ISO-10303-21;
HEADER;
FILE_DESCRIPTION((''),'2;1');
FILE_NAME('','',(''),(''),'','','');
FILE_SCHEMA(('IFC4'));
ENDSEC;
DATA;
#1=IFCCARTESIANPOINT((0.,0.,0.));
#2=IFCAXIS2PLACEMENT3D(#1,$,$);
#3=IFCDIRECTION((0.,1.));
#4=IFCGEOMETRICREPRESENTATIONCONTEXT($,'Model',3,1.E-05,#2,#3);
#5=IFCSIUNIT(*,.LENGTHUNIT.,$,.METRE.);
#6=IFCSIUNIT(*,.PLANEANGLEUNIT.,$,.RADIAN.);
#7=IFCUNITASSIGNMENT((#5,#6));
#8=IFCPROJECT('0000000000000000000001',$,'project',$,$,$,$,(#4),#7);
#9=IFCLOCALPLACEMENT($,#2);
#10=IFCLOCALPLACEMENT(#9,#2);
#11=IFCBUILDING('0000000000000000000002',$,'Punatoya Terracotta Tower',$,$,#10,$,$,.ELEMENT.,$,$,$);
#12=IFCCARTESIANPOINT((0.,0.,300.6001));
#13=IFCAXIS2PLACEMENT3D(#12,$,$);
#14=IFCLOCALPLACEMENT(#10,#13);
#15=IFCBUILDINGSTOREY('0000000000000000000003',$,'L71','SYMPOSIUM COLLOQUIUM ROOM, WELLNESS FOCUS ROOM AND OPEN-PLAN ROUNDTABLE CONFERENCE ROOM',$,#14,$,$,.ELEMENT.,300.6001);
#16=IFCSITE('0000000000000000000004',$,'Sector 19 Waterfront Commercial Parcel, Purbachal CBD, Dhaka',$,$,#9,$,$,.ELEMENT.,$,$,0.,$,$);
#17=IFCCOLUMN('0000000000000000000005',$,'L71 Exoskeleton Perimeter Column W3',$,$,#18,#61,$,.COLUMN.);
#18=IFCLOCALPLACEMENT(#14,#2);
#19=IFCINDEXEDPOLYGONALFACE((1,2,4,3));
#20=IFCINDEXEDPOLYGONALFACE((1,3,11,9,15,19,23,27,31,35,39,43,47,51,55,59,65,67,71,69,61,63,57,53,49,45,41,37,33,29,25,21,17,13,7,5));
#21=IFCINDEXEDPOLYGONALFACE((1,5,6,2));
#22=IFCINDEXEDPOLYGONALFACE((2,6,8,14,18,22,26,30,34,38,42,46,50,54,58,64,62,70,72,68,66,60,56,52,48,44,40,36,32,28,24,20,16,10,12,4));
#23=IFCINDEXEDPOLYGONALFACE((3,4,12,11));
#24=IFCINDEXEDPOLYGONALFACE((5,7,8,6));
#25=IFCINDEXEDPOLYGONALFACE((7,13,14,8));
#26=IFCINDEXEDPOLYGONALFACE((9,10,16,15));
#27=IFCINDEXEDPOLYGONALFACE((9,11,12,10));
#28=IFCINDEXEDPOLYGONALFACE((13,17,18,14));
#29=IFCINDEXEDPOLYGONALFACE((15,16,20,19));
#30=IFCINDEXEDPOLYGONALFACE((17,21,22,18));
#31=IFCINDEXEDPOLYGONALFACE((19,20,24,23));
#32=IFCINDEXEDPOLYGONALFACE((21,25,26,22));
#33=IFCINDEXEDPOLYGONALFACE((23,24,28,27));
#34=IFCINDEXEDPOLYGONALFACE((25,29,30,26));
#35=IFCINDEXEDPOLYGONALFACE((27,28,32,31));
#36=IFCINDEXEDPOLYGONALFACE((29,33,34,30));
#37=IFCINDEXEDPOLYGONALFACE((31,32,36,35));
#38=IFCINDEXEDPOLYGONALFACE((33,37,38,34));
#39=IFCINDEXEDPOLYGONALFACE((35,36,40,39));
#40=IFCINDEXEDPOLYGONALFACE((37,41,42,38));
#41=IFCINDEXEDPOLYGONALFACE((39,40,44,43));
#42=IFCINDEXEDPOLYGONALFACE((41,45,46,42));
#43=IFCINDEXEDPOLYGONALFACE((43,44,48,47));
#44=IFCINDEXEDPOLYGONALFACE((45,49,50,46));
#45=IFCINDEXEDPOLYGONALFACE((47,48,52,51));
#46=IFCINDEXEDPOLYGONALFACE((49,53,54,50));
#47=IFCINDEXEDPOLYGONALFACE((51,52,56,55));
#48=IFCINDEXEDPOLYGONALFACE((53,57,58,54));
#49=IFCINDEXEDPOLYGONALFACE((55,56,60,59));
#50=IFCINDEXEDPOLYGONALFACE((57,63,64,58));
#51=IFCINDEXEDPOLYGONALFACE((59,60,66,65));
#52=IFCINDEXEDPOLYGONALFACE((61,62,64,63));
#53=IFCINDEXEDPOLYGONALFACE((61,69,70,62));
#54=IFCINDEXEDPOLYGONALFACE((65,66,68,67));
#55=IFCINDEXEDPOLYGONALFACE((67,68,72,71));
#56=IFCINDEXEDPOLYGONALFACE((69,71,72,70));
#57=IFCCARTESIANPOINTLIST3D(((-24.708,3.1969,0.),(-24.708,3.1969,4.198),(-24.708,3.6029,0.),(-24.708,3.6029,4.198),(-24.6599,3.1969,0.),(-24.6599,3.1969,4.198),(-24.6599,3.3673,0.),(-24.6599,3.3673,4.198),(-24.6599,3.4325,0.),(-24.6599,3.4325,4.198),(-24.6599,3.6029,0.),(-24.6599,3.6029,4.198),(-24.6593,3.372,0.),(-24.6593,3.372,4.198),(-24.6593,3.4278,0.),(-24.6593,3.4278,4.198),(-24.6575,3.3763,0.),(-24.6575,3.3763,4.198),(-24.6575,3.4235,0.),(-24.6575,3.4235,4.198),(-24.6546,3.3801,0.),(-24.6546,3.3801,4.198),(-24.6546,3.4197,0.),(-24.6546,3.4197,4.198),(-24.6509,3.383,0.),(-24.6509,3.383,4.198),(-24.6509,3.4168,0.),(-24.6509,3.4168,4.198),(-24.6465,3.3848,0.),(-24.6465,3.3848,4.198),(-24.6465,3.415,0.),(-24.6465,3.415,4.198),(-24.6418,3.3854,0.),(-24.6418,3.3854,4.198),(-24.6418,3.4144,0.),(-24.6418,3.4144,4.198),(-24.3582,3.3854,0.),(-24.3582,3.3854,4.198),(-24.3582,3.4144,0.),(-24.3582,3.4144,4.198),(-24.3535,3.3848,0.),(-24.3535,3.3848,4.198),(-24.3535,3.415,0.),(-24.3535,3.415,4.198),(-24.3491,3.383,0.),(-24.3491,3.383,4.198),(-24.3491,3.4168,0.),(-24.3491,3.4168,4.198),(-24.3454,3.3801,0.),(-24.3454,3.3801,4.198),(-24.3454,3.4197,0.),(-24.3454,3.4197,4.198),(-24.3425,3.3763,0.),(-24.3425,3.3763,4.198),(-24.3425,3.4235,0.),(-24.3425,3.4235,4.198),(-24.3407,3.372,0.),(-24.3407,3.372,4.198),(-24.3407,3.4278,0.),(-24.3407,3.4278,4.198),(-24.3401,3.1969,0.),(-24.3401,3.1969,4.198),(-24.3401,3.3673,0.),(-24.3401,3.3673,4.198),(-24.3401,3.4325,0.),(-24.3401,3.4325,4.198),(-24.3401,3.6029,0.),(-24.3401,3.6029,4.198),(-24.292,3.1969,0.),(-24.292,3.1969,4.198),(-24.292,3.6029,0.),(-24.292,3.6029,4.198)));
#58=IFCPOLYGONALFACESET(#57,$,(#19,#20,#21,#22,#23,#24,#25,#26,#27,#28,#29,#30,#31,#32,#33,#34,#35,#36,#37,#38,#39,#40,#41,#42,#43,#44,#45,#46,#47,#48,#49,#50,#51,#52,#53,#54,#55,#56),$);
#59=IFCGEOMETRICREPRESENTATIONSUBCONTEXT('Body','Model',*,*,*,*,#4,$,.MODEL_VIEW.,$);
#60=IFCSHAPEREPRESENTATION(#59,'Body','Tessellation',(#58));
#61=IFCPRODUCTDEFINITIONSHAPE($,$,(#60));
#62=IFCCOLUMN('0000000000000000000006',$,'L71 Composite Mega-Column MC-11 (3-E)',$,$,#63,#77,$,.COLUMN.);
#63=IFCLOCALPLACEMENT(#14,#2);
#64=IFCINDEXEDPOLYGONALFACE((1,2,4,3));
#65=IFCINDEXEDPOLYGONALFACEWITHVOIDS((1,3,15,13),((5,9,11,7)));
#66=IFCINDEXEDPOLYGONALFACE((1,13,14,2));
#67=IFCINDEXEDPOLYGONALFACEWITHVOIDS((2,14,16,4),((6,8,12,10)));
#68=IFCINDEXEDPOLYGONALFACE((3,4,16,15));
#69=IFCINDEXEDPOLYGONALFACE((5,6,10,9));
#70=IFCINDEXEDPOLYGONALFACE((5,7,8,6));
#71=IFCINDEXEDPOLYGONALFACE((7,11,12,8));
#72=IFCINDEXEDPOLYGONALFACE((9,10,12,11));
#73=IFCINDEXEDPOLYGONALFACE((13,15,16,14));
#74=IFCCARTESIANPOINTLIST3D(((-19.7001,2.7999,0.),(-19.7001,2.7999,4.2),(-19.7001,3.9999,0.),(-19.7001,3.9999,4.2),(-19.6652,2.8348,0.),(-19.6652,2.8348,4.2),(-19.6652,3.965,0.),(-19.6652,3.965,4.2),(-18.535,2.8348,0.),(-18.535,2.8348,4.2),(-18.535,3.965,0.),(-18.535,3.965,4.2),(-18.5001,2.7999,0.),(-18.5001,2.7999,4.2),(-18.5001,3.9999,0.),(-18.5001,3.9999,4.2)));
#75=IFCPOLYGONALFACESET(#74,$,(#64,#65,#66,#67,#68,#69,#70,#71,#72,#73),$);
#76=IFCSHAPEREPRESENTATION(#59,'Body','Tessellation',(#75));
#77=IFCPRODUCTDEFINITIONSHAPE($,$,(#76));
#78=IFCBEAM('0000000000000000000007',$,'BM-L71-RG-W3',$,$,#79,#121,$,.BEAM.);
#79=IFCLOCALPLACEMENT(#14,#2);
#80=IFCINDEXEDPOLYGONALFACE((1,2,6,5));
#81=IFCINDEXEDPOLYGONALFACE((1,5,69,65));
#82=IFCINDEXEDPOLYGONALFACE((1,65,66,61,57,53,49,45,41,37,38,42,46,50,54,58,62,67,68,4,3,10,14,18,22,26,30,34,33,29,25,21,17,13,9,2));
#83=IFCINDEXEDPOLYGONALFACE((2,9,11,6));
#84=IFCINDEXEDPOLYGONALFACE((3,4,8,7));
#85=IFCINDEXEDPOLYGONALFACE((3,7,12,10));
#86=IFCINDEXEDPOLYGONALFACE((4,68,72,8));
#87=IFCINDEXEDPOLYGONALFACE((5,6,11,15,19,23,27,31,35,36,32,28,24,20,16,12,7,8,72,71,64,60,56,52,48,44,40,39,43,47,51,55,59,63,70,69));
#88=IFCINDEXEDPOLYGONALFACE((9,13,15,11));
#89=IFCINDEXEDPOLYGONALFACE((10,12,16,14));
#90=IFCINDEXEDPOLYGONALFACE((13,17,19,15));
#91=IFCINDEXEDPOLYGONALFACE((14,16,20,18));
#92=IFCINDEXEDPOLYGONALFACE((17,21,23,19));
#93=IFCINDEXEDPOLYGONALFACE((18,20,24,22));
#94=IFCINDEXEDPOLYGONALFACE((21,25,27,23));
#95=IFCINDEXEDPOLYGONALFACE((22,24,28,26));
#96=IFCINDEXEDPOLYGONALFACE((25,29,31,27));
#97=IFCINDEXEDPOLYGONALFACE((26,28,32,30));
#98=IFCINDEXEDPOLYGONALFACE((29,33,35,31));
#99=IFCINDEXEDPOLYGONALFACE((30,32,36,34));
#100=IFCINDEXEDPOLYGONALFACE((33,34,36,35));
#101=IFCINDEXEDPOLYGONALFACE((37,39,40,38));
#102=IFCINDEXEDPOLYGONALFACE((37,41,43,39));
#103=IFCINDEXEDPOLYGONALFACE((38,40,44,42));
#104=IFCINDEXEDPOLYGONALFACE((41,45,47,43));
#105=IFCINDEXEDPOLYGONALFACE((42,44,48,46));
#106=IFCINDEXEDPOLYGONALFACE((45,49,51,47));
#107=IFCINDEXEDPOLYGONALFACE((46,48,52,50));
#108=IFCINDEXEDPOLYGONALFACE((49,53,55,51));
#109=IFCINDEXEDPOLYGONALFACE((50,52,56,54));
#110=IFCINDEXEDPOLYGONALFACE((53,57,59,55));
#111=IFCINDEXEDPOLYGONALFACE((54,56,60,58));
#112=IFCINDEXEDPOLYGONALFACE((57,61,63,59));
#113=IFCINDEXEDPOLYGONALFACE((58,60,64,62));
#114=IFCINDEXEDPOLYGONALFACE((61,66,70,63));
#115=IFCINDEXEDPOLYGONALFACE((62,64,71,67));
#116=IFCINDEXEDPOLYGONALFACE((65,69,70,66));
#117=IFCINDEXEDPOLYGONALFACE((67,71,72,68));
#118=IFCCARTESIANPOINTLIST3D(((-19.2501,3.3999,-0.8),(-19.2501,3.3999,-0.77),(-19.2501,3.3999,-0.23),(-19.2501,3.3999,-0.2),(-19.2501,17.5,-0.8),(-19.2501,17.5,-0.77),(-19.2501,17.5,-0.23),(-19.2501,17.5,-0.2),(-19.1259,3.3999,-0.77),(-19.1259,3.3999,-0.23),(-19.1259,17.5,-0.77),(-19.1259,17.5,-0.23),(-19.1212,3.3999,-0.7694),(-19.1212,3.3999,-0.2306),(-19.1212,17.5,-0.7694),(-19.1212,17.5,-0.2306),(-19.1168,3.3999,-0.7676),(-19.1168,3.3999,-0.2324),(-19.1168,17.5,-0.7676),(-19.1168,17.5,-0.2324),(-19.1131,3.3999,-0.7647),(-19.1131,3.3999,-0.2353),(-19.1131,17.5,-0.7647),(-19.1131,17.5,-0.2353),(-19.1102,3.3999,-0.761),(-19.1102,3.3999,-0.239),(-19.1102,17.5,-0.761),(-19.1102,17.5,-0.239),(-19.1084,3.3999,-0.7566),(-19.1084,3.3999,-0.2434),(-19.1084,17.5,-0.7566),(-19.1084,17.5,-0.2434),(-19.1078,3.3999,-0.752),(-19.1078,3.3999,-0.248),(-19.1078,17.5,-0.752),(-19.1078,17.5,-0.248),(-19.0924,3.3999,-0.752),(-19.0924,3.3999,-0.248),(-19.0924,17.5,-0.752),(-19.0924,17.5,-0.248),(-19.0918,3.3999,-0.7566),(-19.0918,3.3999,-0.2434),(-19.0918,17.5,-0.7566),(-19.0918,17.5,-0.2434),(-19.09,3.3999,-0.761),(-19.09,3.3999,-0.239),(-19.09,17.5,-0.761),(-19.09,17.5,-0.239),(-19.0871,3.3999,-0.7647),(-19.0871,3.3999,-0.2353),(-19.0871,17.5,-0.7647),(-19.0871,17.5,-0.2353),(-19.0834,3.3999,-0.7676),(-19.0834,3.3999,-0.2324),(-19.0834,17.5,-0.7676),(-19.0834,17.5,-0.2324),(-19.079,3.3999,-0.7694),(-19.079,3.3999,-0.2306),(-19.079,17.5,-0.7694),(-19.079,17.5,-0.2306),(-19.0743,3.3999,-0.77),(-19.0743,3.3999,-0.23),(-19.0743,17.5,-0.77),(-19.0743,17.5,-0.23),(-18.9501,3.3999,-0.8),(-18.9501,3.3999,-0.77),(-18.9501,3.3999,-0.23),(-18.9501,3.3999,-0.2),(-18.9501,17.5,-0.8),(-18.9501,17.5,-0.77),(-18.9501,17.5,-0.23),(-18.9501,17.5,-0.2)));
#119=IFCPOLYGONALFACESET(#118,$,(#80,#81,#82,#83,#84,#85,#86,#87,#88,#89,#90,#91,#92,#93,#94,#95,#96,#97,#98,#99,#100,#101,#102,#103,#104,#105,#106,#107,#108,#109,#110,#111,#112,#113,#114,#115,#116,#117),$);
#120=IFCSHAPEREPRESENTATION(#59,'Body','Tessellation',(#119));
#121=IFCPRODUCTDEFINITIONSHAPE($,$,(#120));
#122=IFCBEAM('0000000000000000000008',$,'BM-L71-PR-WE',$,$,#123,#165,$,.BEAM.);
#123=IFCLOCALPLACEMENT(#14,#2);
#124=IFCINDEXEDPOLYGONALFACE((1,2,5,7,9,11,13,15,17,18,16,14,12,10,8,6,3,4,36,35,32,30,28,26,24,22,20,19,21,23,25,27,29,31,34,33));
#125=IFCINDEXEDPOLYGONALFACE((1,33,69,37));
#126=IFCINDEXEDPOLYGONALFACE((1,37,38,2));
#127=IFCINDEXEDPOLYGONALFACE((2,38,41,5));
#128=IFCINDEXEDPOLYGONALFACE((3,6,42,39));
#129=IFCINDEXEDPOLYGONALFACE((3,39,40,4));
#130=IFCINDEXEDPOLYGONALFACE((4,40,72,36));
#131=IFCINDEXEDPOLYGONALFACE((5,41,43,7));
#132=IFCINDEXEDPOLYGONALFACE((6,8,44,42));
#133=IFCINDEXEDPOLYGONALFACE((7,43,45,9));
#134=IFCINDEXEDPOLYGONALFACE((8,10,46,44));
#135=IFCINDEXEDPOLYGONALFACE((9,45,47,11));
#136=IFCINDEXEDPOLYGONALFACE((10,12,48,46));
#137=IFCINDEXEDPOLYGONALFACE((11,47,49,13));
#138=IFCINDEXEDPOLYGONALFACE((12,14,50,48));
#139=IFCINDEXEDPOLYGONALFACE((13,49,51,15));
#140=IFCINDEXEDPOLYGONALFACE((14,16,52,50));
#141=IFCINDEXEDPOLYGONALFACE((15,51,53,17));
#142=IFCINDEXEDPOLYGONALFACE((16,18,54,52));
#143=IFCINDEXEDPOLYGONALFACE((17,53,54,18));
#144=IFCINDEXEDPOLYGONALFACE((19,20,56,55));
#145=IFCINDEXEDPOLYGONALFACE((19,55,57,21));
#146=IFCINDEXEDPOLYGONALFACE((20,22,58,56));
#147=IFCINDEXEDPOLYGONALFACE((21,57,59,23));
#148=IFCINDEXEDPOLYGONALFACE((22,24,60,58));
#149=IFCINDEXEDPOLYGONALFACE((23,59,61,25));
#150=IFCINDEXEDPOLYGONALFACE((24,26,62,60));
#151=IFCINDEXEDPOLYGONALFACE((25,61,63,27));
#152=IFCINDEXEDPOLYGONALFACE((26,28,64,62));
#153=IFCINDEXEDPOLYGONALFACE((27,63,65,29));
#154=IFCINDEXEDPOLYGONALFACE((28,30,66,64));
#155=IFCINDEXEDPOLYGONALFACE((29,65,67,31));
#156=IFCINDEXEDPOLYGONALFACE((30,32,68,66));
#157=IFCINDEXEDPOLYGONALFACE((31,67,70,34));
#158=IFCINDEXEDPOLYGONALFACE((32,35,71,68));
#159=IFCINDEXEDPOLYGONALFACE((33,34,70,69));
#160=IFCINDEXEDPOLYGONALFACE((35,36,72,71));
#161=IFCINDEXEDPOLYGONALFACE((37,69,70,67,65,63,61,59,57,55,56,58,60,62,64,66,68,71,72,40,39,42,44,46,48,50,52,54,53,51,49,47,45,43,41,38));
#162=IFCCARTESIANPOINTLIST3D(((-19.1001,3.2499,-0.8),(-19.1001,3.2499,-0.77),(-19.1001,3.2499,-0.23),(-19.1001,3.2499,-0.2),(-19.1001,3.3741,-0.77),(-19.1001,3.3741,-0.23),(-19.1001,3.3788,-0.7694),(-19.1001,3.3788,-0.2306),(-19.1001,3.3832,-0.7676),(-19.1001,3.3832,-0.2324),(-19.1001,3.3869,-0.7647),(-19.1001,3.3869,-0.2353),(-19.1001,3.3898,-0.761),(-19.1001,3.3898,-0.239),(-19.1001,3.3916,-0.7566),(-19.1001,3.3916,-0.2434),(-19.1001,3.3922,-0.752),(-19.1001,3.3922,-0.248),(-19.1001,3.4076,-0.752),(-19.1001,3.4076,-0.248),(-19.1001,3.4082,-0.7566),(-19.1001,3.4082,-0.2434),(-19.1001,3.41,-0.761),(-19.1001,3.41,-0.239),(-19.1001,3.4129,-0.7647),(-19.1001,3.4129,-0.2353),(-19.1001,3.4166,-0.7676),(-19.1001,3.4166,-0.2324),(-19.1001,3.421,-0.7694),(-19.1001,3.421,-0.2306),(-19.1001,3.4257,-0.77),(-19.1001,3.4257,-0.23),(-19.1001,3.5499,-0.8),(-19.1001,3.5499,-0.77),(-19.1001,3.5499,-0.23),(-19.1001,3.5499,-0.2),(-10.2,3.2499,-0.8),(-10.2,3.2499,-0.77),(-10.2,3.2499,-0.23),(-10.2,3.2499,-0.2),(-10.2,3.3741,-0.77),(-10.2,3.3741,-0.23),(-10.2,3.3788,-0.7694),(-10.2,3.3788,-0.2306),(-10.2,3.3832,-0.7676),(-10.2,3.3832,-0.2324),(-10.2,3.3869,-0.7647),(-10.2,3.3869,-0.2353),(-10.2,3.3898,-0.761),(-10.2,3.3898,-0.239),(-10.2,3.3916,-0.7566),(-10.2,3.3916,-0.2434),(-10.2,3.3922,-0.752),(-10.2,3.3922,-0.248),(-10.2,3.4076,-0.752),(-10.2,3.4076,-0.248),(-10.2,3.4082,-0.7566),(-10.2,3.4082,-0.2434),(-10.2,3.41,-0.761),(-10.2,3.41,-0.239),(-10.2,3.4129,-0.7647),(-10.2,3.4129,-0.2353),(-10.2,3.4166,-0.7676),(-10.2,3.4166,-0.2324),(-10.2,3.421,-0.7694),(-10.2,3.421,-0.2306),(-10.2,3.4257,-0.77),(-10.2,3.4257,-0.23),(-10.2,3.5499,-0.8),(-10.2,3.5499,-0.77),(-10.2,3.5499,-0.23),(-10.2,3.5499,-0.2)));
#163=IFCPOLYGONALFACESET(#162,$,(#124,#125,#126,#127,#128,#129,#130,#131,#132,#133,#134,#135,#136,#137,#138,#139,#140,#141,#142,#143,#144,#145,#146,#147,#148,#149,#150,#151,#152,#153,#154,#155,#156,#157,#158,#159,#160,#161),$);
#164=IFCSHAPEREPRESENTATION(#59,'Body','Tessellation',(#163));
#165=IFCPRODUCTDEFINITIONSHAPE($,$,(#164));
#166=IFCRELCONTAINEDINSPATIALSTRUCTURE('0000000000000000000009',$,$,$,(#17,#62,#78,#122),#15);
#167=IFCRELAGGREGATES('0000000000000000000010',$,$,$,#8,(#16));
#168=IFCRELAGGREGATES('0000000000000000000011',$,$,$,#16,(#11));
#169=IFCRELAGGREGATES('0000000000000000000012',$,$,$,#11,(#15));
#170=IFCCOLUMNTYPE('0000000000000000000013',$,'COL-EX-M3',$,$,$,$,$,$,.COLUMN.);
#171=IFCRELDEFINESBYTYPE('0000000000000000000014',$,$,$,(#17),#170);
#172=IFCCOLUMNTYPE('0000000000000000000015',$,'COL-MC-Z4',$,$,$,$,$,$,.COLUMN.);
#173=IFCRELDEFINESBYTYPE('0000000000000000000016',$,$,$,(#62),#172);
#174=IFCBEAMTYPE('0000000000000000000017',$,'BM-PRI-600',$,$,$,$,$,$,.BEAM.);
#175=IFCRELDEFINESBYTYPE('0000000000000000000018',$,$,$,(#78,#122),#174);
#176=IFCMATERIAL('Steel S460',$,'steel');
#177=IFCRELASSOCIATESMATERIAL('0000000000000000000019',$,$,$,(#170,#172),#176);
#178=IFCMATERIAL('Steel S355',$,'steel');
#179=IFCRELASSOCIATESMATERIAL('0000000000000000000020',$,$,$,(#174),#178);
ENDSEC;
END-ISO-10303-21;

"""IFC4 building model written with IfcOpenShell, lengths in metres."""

from ifc_helpers import new_model, si_unit, direction, frame, origin, origin_2d, place, context, subcontext, project, spatial, hollow_rectangle, i_section, extrude, material, material_profile, profile_set, type_object, element, save


model = new_model("IFC4")

# Units and contexts
model_context = context("Model", 3, precision=1e-05, world=origin(), true_north=direction((0.0, 1.0)))
body_context = subcontext(model_context, "Body", "Model", "MODEL_VIEW")
ifc_project = project(units=[si_unit("LENGTHUNIT", "METRE"), si_unit("PLANEANGLEUNIT", "RADIAN")], contexts=[model_context])

# Site, building, storey
site_placement = place(None, origin())
site = spatial("IfcSite", under=ifc_project, at=site_placement, Name="Sector 19 Waterfront Commercial Parcel, Purbachal CBD, Dhaka", CompositionType="ELEMENT", RefElevation=0.0)
building_placement = place(site_placement, origin())
building = spatial("IfcBuilding", under=site, at=building_placement, Name="Punatoya Terracotta Tower", CompositionType="ELEMENT")
storey_placement = place(building_placement, frame((0.0, 0.0, 300.6001)))
storey = spatial("IfcBuildingStorey", under=building, at=storey_placement, Name="L71", Description="SYMPOSIUM COLLOQUIUM ROOM, WELLNESS FOCUS ROOM AND OPEN-PLAN ROUNDTABLE CONFERENCE ROOM", CompositionType="ELEMENT", Elevation=300.6001)

# Columns
ifc_material_1 = material(Name="Steel S460", Category="steel")
ifc_material_profile_1 = material_profile(ifc_material_1, i_section(OverallWidth=0.406, OverallDepth=0.416, WebThickness=0.0291, FlangeThickness=0.0481, FilletRadius=0.0181, at=origin_2d()))
ifc_profile_set_1 = profile_set([ifc_material_profile_1], Name="Steel S460")
column_type_1 = type_object("IfcColumnType", Name="COL-EX-M3", PredefinedType="COLUMN", material=ifc_profile_set_1)
column_1_placement = place(storey_placement, frame((-24.5, 3.3999, 0.0), z_axis=(0.0, 0.0, 1.0), x_axis=(0.0, 1.0, 0.0)))
element("IfcColumn", 1, at=column_1_placement, inside=storey, type_object=column_type_1, Name="L71 Exoskeleton Perimeter Column W3", PredefinedType="COLUMN", context=body_context, shape_type="SweptSolid", body=[
    extrude(i_section(OverallWidth=0.406, OverallDepth=0.416, WebThickness=0.0291, FlangeThickness=0.0481, FilletRadius=0.0181, at=origin_2d()), origin(), (0.0, 0.0, 1.0), 4.198),
])
ifc_material_profile_2 = material_profile(ifc_material_1, hollow_rectangle(XDim=1.2, YDim=1.2, WallThickness=0.0349, at=origin_2d()))
ifc_profile_set_2 = profile_set([ifc_material_profile_2], Name="Steel S460")
column_type_2 = type_object("IfcColumnType", Name="COL-MC-Z4", PredefinedType="COLUMN", material=ifc_profile_set_2)
column_2_placement = place(storey_placement, frame((-19.1001, 3.3999, 0.0), z_axis=(0.0, 0.0, 1.0), x_axis=(1.0, 0.0, 0.0)))
element("IfcColumn", 2, at=column_2_placement, inside=storey, type_object=column_type_2, Name="L71 Composite Mega-Column MC-11 (3-E)", PredefinedType="COLUMN", context=body_context, shape_type="SweptSolid", body=[
    extrude(hollow_rectangle(XDim=1.2, YDim=1.2, WallThickness=0.0349, at=origin_2d()), origin(), (0.0, 0.0, 1.0), 4.2),
])

# Beams
ifc_material_2 = material(Name="Steel S355", Category="steel")
ifc_material_profile_3 = material_profile(ifc_material_2, i_section(OverallWidth=0.3, OverallDepth=0.6001, WebThickness=0.0154, FlangeThickness=0.03, FilletRadius=0.0181, at=origin_2d()))
ifc_profile_set_3 = profile_set([ifc_material_profile_3], Name="Steel S355")
beam_type_1 = type_object("IfcBeamType", Name="BM-PRI-600", PredefinedType="BEAM", material=ifc_profile_set_3)
beam_1_placement = place(storey_placement, frame((-19.1001, 3.3999, -0.5), z_axis=(0.0, 1.0, 0.0), x_axis=(-1.0, 0.0, 0.0)))
element("IfcBeam", 3, at=beam_1_placement, inside=storey, type_object=beam_type_1, Name="BM-L71-RG-W3", PredefinedType="BEAM", context=body_context, shape_type="SweptSolid", body=[
    extrude(i_section(OverallWidth=0.3, OverallDepth=0.6001, WebThickness=0.0154, FlangeThickness=0.03, FilletRadius=0.0181, at=origin_2d()), origin(), (0.0, 0.0, 1.0), 14.1001),
])
for number, where, z_axis, x_axis, name in (
    (4, (-19.1001, 3.3999, -0.5), (1.0, 0.0, 0.0), (0.0, 1.0, 0.0), "BM-L71-PR-WE"),
):
    element("IfcBeam", number, at=place(storey_placement, frame(where, z_axis=z_axis, x_axis=x_axis)), inside=storey, type_object=beam_type_1, Name=name, PredefinedType="BEAM", context=body_context, shape_type="SweptSolid", body=[
        extrude(i_section(OverallWidth=0.3, OverallDepth=0.6001, WebThickness=0.0154, FlangeThickness=0.03, FilletRadius=0.0181, at=origin_2d()), origin(), (0.0, 0.0, 1.0), 8.9001),
    ])

save(model, "model.ifc")
